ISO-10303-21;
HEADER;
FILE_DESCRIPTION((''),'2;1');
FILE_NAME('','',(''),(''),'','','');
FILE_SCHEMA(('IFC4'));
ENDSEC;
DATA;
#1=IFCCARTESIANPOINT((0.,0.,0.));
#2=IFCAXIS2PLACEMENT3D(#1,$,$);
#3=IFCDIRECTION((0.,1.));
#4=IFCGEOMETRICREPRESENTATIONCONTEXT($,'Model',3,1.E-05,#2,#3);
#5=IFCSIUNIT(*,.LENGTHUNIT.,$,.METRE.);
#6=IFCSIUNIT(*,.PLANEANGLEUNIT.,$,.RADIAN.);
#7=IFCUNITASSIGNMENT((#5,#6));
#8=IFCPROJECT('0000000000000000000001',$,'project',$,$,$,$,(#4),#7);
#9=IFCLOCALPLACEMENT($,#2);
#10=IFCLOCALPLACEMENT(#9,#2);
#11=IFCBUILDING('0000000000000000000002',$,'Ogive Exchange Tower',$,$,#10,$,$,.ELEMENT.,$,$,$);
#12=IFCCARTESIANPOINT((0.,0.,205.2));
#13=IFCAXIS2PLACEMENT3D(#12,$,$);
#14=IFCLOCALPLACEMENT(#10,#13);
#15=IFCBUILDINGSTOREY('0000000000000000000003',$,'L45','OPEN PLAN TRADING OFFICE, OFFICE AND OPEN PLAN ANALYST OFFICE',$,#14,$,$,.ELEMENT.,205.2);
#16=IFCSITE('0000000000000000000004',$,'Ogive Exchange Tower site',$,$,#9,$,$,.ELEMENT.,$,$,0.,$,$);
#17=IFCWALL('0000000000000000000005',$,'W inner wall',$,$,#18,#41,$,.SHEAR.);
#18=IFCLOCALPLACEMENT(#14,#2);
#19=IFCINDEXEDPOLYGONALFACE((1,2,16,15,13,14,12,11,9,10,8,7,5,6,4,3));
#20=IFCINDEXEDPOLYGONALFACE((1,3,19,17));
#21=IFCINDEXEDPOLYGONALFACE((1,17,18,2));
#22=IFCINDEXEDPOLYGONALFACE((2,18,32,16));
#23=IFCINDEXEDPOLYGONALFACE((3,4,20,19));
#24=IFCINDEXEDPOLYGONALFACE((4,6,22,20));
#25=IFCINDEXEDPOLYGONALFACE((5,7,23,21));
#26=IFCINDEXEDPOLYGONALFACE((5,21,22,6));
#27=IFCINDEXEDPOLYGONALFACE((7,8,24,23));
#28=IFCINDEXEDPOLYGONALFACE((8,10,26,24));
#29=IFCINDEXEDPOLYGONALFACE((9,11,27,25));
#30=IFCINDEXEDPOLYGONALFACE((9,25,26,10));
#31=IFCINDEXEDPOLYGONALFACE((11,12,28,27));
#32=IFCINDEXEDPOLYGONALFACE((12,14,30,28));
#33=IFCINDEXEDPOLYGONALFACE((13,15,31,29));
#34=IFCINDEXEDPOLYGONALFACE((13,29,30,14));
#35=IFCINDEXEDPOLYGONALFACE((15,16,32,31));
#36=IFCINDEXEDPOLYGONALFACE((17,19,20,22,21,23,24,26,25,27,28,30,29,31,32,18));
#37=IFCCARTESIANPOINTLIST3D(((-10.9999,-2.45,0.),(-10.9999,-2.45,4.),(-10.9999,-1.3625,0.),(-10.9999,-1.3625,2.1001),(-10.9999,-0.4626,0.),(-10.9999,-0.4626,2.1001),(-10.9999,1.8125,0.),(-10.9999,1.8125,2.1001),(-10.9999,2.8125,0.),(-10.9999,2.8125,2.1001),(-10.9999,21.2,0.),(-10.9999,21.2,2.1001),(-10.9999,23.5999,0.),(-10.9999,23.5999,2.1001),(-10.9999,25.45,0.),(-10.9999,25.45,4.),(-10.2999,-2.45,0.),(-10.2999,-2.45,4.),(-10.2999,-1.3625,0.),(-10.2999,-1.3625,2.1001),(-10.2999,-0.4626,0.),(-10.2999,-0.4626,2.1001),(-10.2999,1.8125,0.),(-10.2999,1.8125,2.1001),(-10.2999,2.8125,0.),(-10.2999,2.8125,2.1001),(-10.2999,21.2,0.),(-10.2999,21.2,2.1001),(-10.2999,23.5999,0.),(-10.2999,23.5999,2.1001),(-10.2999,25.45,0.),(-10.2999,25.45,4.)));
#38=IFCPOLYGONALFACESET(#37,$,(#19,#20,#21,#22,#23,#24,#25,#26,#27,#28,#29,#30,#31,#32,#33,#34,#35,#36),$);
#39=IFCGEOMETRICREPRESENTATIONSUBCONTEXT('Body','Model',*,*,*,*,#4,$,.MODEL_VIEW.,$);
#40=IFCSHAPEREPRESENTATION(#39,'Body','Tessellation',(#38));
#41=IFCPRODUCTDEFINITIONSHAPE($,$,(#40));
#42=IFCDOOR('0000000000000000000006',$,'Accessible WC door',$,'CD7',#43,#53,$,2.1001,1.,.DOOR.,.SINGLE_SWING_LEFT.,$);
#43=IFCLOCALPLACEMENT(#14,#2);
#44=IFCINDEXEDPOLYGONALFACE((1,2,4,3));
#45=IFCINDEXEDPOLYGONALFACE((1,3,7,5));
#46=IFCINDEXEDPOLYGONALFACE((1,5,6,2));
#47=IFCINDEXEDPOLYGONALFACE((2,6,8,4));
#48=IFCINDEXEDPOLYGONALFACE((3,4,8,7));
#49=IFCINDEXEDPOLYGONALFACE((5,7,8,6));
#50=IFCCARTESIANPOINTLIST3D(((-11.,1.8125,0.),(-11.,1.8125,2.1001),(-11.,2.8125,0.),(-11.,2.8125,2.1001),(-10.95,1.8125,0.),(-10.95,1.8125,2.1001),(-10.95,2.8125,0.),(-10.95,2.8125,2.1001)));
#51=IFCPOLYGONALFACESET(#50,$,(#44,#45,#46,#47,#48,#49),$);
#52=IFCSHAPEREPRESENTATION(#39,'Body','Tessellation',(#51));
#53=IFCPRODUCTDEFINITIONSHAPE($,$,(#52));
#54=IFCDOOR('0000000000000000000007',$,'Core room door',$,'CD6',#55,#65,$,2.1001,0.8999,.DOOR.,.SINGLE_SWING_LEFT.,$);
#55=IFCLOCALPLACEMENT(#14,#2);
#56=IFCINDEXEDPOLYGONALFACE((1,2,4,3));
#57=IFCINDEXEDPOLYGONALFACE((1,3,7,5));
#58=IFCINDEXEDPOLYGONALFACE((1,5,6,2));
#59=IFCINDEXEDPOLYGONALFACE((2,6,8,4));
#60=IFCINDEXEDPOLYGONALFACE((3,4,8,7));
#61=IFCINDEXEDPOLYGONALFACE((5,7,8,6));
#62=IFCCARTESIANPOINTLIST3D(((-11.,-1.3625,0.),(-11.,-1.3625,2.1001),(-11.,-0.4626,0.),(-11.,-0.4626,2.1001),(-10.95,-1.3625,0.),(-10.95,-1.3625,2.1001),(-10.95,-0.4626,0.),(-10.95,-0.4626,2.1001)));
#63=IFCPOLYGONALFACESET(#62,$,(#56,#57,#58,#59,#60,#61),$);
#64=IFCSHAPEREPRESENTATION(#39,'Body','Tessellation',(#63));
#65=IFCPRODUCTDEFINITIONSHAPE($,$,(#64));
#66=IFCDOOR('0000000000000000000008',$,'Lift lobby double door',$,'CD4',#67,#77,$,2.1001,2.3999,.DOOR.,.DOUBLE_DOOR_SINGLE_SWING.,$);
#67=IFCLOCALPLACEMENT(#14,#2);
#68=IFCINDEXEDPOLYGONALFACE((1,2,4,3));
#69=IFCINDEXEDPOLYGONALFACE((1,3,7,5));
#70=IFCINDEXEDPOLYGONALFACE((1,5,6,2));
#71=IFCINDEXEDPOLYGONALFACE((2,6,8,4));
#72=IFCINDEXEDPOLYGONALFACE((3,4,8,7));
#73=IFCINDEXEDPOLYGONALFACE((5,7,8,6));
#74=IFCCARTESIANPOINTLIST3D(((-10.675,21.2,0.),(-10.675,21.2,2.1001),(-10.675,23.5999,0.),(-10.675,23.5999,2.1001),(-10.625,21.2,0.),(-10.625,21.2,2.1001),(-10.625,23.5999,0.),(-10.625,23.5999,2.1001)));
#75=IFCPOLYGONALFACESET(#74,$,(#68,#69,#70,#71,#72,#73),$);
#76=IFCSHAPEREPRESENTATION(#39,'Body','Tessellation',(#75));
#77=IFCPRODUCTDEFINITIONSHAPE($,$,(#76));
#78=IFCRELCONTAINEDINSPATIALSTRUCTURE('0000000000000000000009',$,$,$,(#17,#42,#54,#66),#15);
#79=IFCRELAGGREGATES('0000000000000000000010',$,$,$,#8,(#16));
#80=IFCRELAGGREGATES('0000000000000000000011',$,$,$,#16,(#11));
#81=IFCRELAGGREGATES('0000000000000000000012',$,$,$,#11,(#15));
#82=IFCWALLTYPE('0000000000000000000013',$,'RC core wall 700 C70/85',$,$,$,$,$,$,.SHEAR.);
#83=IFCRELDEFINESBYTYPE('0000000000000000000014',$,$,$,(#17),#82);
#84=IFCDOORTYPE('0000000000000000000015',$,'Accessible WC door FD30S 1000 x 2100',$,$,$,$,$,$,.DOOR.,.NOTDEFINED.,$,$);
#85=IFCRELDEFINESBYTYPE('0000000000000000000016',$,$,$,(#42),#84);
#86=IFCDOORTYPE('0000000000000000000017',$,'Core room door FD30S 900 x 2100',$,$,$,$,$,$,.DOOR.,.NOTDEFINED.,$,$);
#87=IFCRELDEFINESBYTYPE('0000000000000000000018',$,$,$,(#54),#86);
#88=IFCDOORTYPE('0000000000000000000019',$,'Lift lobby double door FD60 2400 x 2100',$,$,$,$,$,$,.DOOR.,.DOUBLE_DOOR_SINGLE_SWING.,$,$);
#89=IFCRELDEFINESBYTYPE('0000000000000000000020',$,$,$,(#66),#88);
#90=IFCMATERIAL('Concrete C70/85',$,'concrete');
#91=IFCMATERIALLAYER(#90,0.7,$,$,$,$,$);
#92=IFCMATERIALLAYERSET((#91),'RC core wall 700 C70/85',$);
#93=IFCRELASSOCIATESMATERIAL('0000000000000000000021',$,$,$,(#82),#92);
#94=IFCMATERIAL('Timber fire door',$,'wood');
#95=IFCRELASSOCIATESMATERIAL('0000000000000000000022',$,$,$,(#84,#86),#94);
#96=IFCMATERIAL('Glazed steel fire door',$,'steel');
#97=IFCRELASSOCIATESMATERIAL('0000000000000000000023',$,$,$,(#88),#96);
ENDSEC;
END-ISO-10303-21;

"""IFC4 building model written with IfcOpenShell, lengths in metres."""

from ifc_helpers import new_model, si_unit, direction, frame, frame_2d, origin, place, context, subcontext, project, spatial, rectangle, extrude, material, layer, layer_set, type_object, element, fill, save


model = new_model("IFC4")

# Units and contexts
model_context = context("Model", 3, precision=1e-05, world=origin(), true_north=direction((0.0, 1.0)))
body_context = subcontext(model_context, "Body", "Model", "MODEL_VIEW")
ifc_project = project(units=[si_unit("LENGTHUNIT", "METRE"), si_unit("PLANEANGLEUNIT", "RADIAN")], contexts=[model_context])

# Site, building, storey
site_placement = place(None, origin())
site = spatial("IfcSite", under=ifc_project, at=site_placement, Name="Ogive Exchange Tower site", CompositionType="ELEMENT", RefElevation=0.0)
building_placement = place(site_placement, origin())
building = spatial("IfcBuilding", under=site, at=building_placement, Name="Ogive Exchange Tower", CompositionType="ELEMENT")
storey_placement = place(building_placement, frame((0.0, 0.0, 205.2)))
storey = spatial("IfcBuildingStorey", under=building, at=storey_placement, Name="L45", Description="OPEN PLAN TRADING OFFICE, OFFICE AND OPEN PLAN ANALYST OFFICE", CompositionType="ELEMENT", Elevation=205.2)

# Shared definitions
ifc_material_1 = material(Name="Concrete C70/85", Category="concrete")

# Wall, openings, doors
ifc_layer_1 = layer(ifc_material_1, 0.7)
ifc_layer_set_1 = layer_set([ifc_layer_1], Name="RC core wall 700 C70/85")
wall_type_1 = type_object("IfcWallType", Name="RC core wall 700 C70/85", PredefinedType="SHEAR", material=ifc_layer_set_1)
wall_1_placement = place(storey_placement, frame((-10.6499, -2.45, 0.0), z_axis=(0.0, 0.0, 1.0), x_axis=(0.0, 1.0, 0.0)))
wall_1 = element("IfcWall", 1, at=wall_1_placement, inside=storey, type_object=wall_type_1, Name="W inner wall", PredefinedType="SHEAR", context=body_context, shape_type="SweptSolid", body=[
    extrude(rectangle(XDim=27.8999, YDim=0.7, at=frame_2d((13.95, 0.0))), origin(), (0.0, 0.0, 1.0), 4.0),
])
opening_1_placement = place(wall_1_placement, frame((23.6499, 0.0, 0.0)))
opening_1 = element("IfcOpeningElement", 2, at=opening_1_placement, cuts=wall_1, PredefinedType="OPENING", context=body_context, shape_type="SweptSolid", body=[
    extrude(rectangle(XDim=2.3999, YDim=2.1001, at=frame_2d((1.2, 1.05))), frame((0.0, 0.3599, 0.0), z_axis=(0.0, -1.0, 0.0), x_axis=(1.0, 0.0, 0.0)), (0.0, 0.0, 1.0), 0.72),
])
opening_2_placement = place(wall_1_placement, frame((1.0874, 0.0, 0.0)))
opening_2 = element("IfcOpeningElement", 3, at=opening_2_placement, cuts=wall_1, PredefinedType="OPENING", context=body_context, shape_type="SweptSolid", body=[
    extrude(rectangle(XDim=0.8999, YDim=2.1001, at=frame_2d((0.45, 1.05))), frame((0.0, 0.3599, 0.0), z_axis=(0.0, -1.0, 0.0), x_axis=(1.0, 0.0, 0.0)), (0.0, 0.0, 1.0), 0.72),
])
opening_3_placement = place(wall_1_placement, frame((4.2625, 0.0, 0.0)))
opening_3 = element("IfcOpeningElement", 4, at=opening_3_placement, cuts=wall_1, PredefinedType="OPENING", context=body_context, shape_type="SweptSolid", body=[
    extrude(rectangle(XDim=1.0, YDim=2.1001, at=frame_2d((0.5, 1.05))), frame((0.0, 0.3599, 0.0), z_axis=(0.0, -1.0, 0.0), x_axis=(1.0, 0.0, 0.0)), (0.0, 0.0, 1.0), 0.72),
])
ifc_material_2 = material(Name="Timber fire door", Category="wood")
door_type_1 = type_object("IfcDoorType", Name="Accessible WC door FD30S 1000 x 2100", OperationType="NOTDEFINED", PredefinedType="DOOR", material=ifc_material_2)
door_1_placement = place(opening_3_placement, origin())
door_1 = element("IfcDoor", 5, at=door_1_placement, inside=storey, type_object=door_type_1, Name="Accessible WC door", ObjectType="CD7", OperationType="SINGLE_SWING_LEFT", OverallHeight=2.1001, OverallWidth=1.0, PredefinedType="DOOR", context=body_context, shape_type="SweptSolid", body=[
    extrude(rectangle(XDim=1.0, YDim=2.1001, at=frame_2d((0.5, 1.05))), frame((0.0, 0.3501, 0.0), z_axis=(0.0, -1.0, 0.0), x_axis=(1.0, 0.0, 0.0)), (0.0, 0.0, 1.0), 0.05),
])
fill(opening_3, door_1)
door_type_2 = type_object("IfcDoorType", Name="Core room door FD30S 900 x 2100", OperationType="NOTDEFINED", PredefinedType="DOOR", material=ifc_material_2)
door_2_placement = place(opening_2_placement, origin())
door_2 = element("IfcDoor", 6, at=door_2_placement, inside=storey, type_object=door_type_2, Name="Core room door", ObjectType="CD6", OperationType="SINGLE_SWING_LEFT", OverallHeight=2.1001, OverallWidth=0.8999, PredefinedType="DOOR", context=body_context, shape_type="SweptSolid", body=[
    extrude(rectangle(XDim=0.8999, YDim=2.1001, at=frame_2d((0.45, 1.05))), frame((0.0, 0.3501, 0.0), z_axis=(0.0, -1.0, 0.0), x_axis=(1.0, 0.0, 0.0)), (0.0, 0.0, 1.0), 0.05),
])
fill(opening_2, door_2)
ifc_material_3 = material(Name="Glazed steel fire door", Category="steel")
door_type_3 = type_object("IfcDoorType", Name="Lift lobby double door FD60 2400 x 2100", OperationType="DOUBLE_DOOR_SINGLE_SWING", PredefinedType="DOOR", material=ifc_material_3)
door_3_placement = place(opening_1_placement, frame((2.3999, 0.0, 0.0), z_axis=(0.0, 0.0, 1.0), x_axis=(-1.0, 0.0, 0.0)))
door_3 = element("IfcDoor", 7, at=door_3_placement, inside=storey, type_object=door_type_3, Name="Lift lobby double door", ObjectType="CD4", OperationType="DOUBLE_DOOR_SINGLE_SWING", OverallHeight=2.1001, OverallWidth=2.3999, PredefinedType="DOOR", context=body_context, shape_type="SweptSolid", body=[
    extrude(rectangle(XDim=2.3999, YDim=2.1001, at=frame_2d((1.2, 1.05))), frame((0.0, 0.0249, 0.0), z_axis=(0.0, -1.0, 0.0), x_axis=(1.0, 0.0, 0.0)), (0.0, 0.0, 1.0), 0.05),
])
fill(opening_1, door_3)

save(model, "model.ifc")
